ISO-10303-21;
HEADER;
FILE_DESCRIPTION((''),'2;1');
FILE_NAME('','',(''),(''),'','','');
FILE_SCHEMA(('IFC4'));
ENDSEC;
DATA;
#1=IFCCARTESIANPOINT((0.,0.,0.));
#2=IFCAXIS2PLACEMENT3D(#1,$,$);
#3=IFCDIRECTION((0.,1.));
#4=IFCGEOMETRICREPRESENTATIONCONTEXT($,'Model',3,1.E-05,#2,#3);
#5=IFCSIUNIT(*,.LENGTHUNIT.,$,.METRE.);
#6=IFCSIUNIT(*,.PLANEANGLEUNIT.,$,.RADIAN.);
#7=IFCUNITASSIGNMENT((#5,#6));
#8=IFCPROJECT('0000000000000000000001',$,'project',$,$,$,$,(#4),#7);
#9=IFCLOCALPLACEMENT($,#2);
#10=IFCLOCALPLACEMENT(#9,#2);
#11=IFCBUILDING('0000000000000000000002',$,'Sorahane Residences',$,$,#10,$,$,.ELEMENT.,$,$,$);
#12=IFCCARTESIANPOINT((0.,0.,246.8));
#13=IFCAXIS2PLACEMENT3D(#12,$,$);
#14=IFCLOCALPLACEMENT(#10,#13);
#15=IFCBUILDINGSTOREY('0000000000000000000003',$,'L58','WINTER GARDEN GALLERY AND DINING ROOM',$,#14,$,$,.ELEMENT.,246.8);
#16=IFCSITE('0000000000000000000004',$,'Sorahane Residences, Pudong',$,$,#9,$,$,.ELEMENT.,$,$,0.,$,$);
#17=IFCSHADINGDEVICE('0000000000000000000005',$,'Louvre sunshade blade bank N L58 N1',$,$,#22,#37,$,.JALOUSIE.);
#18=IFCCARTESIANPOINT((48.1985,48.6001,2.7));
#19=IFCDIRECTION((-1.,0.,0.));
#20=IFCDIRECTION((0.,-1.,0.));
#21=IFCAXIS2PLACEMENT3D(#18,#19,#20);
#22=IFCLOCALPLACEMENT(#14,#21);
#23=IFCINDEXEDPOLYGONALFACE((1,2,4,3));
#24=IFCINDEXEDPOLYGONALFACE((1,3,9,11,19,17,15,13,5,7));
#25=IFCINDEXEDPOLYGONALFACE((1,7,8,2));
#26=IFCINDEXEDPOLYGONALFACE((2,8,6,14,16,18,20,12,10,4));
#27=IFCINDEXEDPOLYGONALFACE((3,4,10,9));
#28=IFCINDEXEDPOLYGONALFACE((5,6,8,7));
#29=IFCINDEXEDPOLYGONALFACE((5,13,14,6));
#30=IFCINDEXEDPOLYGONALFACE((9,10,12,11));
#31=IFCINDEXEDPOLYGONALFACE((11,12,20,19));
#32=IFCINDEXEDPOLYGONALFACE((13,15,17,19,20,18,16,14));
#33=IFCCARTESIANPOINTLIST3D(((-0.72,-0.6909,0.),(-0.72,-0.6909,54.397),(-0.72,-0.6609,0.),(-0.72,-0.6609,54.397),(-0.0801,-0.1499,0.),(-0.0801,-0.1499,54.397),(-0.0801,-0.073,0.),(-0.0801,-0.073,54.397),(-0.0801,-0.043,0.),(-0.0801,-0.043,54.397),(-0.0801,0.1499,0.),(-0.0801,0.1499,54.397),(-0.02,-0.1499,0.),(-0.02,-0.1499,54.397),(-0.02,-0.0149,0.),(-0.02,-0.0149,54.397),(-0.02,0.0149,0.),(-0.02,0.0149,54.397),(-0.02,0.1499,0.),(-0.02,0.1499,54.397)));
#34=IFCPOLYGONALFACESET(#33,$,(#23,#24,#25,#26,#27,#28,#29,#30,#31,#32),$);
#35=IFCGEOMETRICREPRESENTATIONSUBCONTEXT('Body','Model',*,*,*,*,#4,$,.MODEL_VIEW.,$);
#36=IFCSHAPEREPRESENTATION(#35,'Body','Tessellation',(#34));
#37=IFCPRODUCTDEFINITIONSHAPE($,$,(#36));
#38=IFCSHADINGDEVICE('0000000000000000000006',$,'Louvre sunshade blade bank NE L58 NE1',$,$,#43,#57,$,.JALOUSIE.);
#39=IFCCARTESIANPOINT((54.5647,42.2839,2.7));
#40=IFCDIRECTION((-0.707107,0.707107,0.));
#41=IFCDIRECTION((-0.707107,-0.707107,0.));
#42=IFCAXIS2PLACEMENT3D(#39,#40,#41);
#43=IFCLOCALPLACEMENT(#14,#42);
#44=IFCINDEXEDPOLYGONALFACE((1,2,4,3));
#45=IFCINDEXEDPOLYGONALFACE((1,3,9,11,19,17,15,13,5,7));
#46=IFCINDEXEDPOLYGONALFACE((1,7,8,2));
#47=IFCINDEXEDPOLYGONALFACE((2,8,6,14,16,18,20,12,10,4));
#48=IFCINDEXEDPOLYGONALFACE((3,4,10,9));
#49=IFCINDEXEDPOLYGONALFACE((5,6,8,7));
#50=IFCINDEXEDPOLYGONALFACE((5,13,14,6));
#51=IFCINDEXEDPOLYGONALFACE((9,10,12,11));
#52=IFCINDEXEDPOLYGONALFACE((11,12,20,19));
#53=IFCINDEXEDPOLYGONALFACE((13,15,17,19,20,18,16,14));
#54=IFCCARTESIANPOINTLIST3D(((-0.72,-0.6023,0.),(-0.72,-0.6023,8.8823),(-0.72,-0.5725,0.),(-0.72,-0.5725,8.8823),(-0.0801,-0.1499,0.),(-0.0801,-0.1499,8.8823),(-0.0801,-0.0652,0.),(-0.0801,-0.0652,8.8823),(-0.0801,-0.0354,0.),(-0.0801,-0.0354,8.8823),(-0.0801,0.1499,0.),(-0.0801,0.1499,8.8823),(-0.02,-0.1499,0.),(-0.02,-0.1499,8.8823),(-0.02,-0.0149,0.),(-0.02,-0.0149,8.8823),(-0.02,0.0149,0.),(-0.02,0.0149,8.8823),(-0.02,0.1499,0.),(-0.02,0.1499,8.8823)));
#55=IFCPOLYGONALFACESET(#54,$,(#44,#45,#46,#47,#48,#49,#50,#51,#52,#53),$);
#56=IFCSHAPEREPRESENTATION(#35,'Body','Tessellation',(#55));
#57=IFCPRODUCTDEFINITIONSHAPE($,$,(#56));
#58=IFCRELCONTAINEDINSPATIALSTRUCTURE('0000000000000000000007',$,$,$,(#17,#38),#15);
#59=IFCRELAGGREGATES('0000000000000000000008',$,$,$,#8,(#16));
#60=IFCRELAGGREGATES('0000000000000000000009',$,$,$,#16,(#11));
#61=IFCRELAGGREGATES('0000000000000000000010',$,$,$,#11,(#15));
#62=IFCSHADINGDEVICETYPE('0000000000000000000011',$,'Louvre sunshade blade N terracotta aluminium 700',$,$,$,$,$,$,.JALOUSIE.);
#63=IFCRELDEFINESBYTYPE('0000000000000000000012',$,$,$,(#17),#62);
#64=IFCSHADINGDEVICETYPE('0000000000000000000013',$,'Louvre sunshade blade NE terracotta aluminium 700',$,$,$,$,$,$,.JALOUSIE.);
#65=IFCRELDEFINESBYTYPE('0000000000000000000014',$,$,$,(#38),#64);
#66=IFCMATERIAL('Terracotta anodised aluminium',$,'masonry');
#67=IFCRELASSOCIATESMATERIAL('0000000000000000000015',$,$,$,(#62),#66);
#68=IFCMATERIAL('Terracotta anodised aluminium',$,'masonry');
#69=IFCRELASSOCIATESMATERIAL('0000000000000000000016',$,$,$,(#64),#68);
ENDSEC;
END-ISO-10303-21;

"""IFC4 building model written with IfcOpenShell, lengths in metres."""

from ifc_helpers import new_model, si_unit, direction, frame, origin, place, context, subcontext, project, spatial, polyline, outline, extrude, material, type_object, element, save


model = new_model("IFC4")

# Units and contexts
model_context = context("Model", 3, precision=1e-05, world=origin(), true_north=direction((0.0, 1.0)))
body_context = subcontext(model_context, "Body", "Model", "MODEL_VIEW")
ifc_project = project(units=[si_unit("LENGTHUNIT", "METRE"), si_unit("PLANEANGLEUNIT", "RADIAN")], contexts=[model_context])

# Site, building, storey
site_placement = place(None, origin())
site = spatial("IfcSite", under=ifc_project, at=site_placement, Name="Sorahane Residences, Pudong", CompositionType="ELEMENT", RefElevation=0.0)
building_placement = place(site_placement, origin())
building = spatial("IfcBuilding", under=site, at=building_placement, Name="Sorahane Residences", CompositionType="ELEMENT")
storey_placement = place(building_placement, frame((0.0, 0.0, 246.8)))
storey = spatial("IfcBuildingStorey", under=building, at=storey_placement, Name="L58", Description="WINTER GARDEN GALLERY AND DINING ROOM", CompositionType="ELEMENT", Elevation=246.8)

# Shading devices
ifc_material_1 = material(Name="Terracotta anodised aluminium", Category="masonry")
shading_device_type_1 = type_object("IfcShadingDeviceType", Name="Louvre sunshade blade N terracotta aluminium 700", PredefinedType="JALOUSIE", material=ifc_material_1)
shading_device_1_placement = place(storey_placement, frame((48.1985, 48.6001, 2.7), z_axis=(-1.0, 0.0, 0.0), x_axis=(0.0, -1.0, 0.0)))
element("IfcShadingDevice", 1, at=shading_device_1_placement, inside=storey, type_object=shading_device_type_1, Name="Louvre sunshade blade bank N L58 N1", PredefinedType="JALOUSIE", context=body_context, shape_type="SweptSolid", body=[
    extrude(outline(polyline([(-0.72, -0.6609), (-0.72, -0.6909), (-0.0801, -0.073), (-0.0801, -0.1499), (-0.02, -0.1499), (-0.02, -0.0149), (-0.02, 0.0149), (-0.02, 0.1499), (-0.0801, 0.1499), (-0.0801, -0.043), (-0.72, -0.6609)])), origin(), (0.0, 0.0, 1.0), 54.397),
])
ifc_material_2 = material(Name="Terracotta anodised aluminium", Category="masonry")
shading_device_type_2 = type_object("IfcShadingDeviceType", Name="Louvre sunshade blade NE terracotta aluminium 700", PredefinedType="JALOUSIE", material=ifc_material_2)
shading_device_2_placement = place(storey_placement, frame((54.5647, 42.2839, 2.7), z_axis=(-0.707107, 0.707107, 0.0), x_axis=(-0.707107, -0.707107, 0.0)))
element("IfcShadingDevice", 2, at=shading_device_2_placement, inside=storey, type_object=shading_device_type_2, Name="Louvre sunshade blade bank NE L58 NE1", PredefinedType="JALOUSIE", context=body_context, shape_type="SweptSolid", body=[
    extrude(outline(polyline([(-0.72, -0.5725), (-0.72, -0.6023), (-0.0801, -0.0652), (-0.0801, -0.1499), (-0.02, -0.1499), (-0.02, -0.0149), (-0.02, 0.0149), (-0.02, 0.1499), (-0.0801, 0.1499), (-0.0801, -0.0354), (-0.72, -0.5725)])), origin(), (0.0, 0.0, 1.0), 8.8823),
])

save(model, "model.ifc")
